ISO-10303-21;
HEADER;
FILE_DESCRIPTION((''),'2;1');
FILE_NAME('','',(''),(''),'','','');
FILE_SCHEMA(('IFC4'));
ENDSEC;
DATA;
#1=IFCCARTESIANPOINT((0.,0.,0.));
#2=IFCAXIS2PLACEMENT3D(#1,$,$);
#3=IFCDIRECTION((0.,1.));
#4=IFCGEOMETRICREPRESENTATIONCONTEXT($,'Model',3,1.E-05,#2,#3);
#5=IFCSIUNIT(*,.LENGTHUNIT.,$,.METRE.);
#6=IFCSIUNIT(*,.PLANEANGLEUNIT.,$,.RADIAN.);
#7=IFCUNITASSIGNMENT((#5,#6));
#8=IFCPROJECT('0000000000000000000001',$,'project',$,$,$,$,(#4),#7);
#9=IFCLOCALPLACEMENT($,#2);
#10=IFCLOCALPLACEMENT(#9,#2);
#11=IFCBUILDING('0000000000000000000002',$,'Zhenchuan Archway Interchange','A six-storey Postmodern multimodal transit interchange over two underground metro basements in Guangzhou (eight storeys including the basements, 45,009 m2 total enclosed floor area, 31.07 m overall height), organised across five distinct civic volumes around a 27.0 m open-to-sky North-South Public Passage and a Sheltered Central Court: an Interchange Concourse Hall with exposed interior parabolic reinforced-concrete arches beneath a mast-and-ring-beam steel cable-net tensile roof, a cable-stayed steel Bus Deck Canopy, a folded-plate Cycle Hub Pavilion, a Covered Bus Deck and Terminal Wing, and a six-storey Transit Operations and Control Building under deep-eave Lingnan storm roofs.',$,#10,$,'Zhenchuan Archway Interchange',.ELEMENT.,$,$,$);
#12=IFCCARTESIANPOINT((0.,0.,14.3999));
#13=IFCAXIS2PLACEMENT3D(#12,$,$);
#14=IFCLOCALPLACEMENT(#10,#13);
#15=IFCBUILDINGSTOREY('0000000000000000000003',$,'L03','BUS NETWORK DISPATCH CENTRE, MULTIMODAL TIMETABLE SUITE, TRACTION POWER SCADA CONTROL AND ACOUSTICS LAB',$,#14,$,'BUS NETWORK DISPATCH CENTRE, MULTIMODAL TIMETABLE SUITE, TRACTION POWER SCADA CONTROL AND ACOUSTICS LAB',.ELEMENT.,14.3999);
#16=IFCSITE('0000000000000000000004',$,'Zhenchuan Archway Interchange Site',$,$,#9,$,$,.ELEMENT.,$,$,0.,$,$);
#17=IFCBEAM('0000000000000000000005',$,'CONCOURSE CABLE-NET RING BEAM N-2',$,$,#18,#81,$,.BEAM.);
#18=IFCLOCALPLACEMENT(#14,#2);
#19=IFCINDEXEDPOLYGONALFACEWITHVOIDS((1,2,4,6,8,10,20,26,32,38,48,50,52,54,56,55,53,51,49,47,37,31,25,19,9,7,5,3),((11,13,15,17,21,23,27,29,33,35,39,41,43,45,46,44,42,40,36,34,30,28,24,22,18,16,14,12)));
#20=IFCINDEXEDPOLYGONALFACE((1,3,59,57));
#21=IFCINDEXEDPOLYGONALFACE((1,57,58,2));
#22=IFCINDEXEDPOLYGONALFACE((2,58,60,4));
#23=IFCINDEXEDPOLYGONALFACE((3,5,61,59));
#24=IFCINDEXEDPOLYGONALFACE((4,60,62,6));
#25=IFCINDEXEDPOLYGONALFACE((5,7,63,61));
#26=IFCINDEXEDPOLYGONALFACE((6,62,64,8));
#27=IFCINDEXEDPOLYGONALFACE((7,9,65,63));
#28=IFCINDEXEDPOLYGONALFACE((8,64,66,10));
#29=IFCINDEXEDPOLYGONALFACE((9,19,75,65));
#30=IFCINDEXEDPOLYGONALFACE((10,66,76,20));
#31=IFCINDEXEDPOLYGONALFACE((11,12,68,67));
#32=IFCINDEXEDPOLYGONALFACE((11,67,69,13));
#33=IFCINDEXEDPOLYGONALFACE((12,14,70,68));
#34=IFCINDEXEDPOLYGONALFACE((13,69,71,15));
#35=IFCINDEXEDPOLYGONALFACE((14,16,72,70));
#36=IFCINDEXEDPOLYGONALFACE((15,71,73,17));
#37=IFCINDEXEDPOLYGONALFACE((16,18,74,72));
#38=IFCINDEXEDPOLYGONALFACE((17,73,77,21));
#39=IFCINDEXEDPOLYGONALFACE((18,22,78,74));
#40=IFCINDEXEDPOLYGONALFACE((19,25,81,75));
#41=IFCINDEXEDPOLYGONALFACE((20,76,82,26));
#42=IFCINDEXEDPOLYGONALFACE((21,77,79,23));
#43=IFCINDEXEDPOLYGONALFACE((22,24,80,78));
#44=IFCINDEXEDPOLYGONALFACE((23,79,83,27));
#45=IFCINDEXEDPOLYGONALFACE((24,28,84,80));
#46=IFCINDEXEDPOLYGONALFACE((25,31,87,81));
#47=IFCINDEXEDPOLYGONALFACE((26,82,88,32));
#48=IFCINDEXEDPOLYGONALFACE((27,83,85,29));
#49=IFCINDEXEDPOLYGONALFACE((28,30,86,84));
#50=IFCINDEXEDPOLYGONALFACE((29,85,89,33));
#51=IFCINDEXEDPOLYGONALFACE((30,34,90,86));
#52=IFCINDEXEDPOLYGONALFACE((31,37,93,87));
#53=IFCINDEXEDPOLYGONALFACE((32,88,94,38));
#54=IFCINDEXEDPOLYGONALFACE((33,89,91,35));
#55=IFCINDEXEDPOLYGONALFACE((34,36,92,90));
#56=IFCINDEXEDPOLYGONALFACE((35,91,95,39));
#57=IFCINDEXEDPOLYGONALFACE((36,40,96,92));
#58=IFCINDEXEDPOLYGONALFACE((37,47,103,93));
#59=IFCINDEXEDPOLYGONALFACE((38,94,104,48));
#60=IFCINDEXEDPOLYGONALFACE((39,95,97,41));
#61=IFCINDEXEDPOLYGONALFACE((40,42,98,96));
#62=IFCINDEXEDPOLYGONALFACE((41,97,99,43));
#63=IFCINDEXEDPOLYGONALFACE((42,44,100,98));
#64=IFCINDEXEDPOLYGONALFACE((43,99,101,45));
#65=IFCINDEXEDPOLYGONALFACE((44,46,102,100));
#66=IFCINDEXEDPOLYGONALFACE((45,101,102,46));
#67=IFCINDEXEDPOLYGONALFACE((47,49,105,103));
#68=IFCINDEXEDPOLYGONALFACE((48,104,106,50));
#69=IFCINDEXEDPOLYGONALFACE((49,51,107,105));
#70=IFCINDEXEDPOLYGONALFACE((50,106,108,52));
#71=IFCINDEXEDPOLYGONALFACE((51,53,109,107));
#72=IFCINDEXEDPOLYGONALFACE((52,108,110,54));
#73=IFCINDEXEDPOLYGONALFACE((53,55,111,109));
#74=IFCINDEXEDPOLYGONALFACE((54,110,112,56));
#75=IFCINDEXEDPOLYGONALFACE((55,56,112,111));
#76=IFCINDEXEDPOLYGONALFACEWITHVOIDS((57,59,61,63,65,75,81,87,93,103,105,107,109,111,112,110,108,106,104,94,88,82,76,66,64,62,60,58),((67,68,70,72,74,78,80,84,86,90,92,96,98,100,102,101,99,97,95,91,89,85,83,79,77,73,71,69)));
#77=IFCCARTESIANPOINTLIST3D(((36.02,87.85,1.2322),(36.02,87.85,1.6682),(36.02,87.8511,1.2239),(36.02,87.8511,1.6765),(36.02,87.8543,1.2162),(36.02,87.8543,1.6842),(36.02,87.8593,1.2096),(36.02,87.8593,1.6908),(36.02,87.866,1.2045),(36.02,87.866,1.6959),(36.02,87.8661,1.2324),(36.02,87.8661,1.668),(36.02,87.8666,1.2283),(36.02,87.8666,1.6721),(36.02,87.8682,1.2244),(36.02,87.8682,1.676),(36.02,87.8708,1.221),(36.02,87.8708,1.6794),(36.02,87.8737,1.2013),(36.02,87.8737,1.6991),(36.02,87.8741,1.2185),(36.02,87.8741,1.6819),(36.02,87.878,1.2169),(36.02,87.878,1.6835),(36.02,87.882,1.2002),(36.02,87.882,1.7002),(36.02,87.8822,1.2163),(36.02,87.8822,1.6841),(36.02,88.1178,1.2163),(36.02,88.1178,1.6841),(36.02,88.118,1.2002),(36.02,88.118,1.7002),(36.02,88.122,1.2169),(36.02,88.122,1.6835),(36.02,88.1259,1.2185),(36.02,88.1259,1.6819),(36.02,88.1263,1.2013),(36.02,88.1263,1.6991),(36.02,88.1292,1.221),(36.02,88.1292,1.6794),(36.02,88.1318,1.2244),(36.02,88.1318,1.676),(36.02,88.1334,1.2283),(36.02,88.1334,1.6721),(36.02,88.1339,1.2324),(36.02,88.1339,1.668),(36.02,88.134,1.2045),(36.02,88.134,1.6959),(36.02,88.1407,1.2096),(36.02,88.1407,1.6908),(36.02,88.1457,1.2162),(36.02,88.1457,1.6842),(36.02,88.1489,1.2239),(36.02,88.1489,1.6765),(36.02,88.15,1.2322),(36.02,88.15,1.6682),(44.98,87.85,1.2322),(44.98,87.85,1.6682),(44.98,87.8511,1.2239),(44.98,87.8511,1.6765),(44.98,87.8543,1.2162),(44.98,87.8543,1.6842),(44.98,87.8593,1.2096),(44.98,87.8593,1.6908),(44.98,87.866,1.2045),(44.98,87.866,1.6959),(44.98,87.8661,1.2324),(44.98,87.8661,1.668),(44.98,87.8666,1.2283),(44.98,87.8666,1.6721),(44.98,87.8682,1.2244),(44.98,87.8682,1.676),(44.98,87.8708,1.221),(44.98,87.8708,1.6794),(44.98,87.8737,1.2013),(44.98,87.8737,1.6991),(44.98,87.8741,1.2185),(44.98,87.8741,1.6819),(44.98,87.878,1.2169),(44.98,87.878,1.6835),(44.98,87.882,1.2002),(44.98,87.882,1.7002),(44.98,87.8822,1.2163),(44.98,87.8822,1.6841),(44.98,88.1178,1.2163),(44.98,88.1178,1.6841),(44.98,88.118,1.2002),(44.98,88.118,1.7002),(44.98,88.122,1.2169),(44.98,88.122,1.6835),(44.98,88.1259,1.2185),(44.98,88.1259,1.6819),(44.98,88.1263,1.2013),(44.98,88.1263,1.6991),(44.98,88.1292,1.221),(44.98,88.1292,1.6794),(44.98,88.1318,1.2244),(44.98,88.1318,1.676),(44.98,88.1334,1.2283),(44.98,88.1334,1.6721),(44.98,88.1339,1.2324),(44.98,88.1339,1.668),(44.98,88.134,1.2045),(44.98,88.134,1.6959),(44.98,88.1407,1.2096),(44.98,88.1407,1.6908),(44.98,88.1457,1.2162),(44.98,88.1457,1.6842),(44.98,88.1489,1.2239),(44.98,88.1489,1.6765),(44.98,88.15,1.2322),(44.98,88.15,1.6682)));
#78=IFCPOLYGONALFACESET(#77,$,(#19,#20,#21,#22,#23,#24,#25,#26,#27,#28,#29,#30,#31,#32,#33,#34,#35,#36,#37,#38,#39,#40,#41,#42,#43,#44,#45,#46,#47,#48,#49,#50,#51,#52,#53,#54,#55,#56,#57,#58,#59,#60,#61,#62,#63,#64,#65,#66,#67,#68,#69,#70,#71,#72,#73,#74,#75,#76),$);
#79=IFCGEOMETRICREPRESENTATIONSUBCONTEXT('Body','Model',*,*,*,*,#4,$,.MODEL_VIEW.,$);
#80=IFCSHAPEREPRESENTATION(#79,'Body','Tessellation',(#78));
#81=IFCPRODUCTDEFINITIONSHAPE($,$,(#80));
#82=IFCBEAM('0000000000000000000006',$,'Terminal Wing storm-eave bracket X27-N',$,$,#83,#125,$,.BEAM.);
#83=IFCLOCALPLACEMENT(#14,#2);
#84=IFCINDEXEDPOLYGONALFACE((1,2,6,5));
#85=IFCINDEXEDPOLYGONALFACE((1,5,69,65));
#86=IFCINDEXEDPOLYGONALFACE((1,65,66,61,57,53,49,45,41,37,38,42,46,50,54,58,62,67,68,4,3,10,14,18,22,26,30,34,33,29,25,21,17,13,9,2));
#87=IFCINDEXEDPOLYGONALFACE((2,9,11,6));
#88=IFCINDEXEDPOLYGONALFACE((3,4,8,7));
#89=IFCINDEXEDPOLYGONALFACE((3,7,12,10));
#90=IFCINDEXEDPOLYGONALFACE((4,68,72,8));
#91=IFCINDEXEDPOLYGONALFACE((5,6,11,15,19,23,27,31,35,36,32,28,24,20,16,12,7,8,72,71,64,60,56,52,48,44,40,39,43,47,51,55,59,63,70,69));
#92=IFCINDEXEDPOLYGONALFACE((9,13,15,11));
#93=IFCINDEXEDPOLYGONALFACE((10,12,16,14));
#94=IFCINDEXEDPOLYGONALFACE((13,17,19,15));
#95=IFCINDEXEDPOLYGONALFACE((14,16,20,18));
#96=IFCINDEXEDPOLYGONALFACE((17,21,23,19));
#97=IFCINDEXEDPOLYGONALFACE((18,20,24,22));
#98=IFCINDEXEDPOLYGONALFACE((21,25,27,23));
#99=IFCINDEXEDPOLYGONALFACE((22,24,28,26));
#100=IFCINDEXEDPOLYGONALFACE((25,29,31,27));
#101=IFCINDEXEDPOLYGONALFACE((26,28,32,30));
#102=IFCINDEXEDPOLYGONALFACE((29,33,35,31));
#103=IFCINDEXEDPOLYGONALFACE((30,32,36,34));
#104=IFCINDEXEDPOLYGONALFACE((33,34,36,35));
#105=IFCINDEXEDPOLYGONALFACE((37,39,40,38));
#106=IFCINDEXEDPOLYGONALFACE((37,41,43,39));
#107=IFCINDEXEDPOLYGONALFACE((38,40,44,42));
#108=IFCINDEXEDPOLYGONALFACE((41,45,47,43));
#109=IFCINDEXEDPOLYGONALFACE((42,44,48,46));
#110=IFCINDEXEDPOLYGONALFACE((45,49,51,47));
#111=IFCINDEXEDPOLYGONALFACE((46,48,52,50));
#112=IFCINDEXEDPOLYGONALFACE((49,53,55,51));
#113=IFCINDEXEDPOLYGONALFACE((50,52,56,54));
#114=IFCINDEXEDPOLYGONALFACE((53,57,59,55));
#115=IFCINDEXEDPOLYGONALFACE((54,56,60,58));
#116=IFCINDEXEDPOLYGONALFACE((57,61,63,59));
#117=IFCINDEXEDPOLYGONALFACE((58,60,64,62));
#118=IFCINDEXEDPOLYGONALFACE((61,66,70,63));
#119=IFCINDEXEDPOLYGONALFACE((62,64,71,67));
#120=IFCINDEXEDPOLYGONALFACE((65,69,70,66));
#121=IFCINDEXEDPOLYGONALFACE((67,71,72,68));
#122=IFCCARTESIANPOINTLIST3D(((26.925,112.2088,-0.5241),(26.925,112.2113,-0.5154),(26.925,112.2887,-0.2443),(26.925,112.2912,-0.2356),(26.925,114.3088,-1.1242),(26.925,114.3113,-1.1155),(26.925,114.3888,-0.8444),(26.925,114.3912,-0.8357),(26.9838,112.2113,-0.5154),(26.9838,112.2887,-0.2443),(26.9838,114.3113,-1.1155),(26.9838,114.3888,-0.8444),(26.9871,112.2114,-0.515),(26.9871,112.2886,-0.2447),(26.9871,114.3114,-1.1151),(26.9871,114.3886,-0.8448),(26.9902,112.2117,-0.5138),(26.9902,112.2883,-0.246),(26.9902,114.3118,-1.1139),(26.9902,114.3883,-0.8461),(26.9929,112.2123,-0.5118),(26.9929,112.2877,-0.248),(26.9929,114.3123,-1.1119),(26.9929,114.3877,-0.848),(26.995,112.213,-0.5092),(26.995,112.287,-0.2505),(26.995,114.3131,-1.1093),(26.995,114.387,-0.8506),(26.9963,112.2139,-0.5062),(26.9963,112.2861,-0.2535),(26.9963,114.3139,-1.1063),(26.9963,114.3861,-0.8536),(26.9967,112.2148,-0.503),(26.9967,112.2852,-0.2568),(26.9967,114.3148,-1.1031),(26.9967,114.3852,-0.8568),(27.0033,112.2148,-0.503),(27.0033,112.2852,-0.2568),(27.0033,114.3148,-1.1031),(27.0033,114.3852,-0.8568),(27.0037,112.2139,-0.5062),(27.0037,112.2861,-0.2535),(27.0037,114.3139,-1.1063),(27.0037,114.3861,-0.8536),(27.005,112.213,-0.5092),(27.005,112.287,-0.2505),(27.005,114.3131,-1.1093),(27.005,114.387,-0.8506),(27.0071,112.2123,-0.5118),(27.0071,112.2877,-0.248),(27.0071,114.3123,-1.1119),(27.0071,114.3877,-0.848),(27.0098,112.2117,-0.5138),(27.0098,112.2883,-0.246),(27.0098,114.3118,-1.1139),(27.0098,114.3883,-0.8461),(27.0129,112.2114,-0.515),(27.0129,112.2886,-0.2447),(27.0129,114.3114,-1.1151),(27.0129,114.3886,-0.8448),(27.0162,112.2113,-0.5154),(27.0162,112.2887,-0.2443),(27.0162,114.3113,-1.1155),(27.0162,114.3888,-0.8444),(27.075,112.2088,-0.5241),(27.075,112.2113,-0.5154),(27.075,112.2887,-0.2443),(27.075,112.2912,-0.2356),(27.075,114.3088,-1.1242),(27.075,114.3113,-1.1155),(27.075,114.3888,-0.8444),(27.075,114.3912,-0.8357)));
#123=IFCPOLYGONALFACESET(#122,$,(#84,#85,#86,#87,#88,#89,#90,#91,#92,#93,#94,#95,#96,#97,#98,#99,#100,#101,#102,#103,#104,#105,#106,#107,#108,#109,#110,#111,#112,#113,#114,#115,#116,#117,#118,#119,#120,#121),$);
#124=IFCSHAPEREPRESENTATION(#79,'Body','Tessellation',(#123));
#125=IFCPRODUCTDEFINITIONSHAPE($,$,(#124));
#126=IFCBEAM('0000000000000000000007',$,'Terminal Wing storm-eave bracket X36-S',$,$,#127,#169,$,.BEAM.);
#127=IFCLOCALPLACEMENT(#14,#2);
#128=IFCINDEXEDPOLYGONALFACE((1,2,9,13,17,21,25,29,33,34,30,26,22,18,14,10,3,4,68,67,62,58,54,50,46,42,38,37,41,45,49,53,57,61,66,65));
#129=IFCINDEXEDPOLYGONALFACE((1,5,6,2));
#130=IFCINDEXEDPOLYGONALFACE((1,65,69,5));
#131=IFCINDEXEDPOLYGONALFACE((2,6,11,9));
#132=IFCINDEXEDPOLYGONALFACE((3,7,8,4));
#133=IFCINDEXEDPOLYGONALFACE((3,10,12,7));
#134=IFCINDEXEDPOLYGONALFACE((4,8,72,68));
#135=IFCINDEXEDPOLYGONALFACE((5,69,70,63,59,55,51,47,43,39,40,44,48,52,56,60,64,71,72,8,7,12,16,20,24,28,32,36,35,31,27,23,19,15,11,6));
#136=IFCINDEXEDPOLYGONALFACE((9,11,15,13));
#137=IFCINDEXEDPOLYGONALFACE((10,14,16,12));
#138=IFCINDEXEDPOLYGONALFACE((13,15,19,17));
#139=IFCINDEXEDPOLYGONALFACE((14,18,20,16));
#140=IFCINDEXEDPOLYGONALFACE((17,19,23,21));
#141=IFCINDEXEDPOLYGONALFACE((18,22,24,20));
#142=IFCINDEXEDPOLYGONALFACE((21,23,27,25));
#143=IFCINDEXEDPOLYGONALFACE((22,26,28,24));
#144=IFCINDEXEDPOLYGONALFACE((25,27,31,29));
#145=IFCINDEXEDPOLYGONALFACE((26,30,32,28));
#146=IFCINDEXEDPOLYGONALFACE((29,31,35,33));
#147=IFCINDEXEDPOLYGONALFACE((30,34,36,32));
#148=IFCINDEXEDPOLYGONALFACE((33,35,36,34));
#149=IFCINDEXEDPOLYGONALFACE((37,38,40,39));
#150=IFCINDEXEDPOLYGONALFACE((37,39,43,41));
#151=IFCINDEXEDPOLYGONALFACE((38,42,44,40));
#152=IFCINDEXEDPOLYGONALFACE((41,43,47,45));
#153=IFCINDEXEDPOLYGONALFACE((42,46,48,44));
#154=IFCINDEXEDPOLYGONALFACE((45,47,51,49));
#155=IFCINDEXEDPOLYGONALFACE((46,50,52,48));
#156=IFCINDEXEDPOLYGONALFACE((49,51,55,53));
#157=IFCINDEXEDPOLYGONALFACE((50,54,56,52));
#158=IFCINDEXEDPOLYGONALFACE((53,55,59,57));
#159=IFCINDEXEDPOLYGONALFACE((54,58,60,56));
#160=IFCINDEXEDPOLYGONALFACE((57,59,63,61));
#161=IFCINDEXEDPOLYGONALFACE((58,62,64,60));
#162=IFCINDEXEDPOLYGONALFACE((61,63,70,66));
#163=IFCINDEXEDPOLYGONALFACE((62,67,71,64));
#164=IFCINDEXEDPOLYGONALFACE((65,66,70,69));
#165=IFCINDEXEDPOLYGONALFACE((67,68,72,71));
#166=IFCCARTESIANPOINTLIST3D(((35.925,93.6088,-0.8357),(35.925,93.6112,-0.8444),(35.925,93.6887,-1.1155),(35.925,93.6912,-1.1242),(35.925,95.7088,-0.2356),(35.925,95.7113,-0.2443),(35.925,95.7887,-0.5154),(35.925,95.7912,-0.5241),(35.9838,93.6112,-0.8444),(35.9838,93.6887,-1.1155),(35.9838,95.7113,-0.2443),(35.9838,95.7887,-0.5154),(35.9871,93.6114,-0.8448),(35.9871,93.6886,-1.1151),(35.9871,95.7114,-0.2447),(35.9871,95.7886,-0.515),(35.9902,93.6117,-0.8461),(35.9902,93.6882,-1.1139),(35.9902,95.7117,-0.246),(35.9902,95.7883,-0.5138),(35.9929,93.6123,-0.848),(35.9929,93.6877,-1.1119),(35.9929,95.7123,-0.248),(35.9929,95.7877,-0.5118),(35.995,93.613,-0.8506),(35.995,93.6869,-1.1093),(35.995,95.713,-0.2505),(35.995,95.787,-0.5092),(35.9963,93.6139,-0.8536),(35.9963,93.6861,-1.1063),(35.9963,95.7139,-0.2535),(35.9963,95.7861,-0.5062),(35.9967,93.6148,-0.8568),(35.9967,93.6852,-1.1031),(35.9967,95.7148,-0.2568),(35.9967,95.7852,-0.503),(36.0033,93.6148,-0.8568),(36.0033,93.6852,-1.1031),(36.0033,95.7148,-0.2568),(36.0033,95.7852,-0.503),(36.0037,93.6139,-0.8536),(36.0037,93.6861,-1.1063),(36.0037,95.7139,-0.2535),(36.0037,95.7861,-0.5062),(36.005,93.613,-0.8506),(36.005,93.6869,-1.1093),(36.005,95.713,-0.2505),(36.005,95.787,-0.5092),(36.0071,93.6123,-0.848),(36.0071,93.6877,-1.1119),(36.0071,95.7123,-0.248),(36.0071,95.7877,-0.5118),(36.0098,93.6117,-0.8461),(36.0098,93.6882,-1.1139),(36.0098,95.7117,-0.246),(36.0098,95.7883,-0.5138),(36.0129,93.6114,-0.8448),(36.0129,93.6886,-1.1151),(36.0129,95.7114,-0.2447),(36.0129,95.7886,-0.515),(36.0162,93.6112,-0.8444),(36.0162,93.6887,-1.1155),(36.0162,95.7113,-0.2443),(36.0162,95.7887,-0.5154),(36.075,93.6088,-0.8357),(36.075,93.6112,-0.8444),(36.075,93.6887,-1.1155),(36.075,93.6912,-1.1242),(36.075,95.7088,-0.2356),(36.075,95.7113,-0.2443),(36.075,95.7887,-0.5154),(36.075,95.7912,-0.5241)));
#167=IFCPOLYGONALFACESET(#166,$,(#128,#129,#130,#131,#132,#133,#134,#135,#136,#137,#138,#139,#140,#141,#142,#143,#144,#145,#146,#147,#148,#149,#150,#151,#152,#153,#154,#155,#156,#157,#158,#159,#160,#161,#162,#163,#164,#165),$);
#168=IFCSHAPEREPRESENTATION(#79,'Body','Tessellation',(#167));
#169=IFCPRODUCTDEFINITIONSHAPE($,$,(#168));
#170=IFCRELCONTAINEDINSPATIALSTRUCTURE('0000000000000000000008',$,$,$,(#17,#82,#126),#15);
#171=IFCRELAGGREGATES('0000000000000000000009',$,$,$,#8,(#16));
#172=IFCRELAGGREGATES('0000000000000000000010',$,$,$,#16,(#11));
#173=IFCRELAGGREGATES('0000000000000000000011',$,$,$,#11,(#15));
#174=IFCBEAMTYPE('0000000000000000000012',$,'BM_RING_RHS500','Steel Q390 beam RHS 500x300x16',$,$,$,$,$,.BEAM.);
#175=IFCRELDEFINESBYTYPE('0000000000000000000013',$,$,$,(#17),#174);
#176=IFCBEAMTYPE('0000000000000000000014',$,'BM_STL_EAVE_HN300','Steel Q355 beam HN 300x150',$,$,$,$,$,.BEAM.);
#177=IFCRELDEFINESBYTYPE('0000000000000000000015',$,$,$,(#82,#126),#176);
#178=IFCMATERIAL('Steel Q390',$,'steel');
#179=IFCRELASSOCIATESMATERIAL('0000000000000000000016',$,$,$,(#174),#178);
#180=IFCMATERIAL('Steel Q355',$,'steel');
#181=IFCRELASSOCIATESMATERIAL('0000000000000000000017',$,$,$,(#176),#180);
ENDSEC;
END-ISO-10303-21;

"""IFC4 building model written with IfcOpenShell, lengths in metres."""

from ifc_helpers import new_model, si_unit, direction, frame, origin, origin_2d, place, context, subcontext, project, spatial, hollow_rectangle, i_section, extrude, material, material_profile, profile_set, type_object, element, save


model = new_model("IFC4")

# Units and contexts
model_context = context("Model", 3, precision=1e-05, world=origin(), true_north=direction((0.0, 1.0)))
body_context = subcontext(model_context, "Body", "Model", "MODEL_VIEW")
ifc_project = project(units=[si_unit("LENGTHUNIT", "METRE"), si_unit("PLANEANGLEUNIT", "RADIAN")], contexts=[model_context])

# Site, building, storey
site_placement = place(None, origin())
site = spatial("IfcSite", under=ifc_project, at=site_placement, Name="Zhenchuan Archway Interchange Site", CompositionType="ELEMENT", RefElevation=0.0)
building_placement = place(site_placement, origin())
building = spatial("IfcBuilding", under=site, at=building_placement, Name="Zhenchuan Archway Interchange", Description="A six-storey Postmodern multimodal transit interchange over two underground metro basements in Guangzhou (eight storeys including the basements, 45,009 m2 total enclosed floor area, 31.07 m overall height), organised across five distinct civic volumes around a 27.0 m open-to-sky North-South Public Passage and a Sheltered Central Court: an Interchange Concourse Hall with exposed interior parabolic reinforced-concrete arches beneath a mast-and-ring-beam steel cable-net tensile roof, a cable-stayed steel Bus Deck Canopy, a folded-plate Cycle Hub Pavilion, a Covered Bus Deck and Terminal Wing, and a six-storey Transit Operations and Control Building under deep-eave Lingnan storm roofs.", LongName="Zhenchuan Archway Interchange", CompositionType="ELEMENT")
storey_placement = place(building_placement, frame((0.0, 0.0, 14.3999)))
storey = spatial("IfcBuildingStorey", under=building, at=storey_placement, Name="L03", Description="BUS NETWORK DISPATCH CENTRE, MULTIMODAL TIMETABLE SUITE, TRACTION POWER SCADA CONTROL AND ACOUSTICS LAB", LongName="BUS NETWORK DISPATCH CENTRE, MULTIMODAL TIMETABLE SUITE, TRACTION POWER SCADA CONTROL AND ACOUSTICS LAB", CompositionType="ELEMENT", Elevation=14.3999)

# Shared definitions
ifc_material_1 = material(Name="Steel Q355", Category="steel")

# Beams
ifc_material_2 = material(Name="Steel Q390", Category="steel")
ifc_material_profile_1 = material_profile(ifc_material_2, hollow_rectangle(XDim=0.3, YDim=0.5, WallThickness=0.0161, InnerFilletRadius=0.0161, OuterFilletRadius=0.032, at=origin_2d()), Name="RHS 500x300x16")
ifc_profile_set_1 = profile_set([ifc_material_profile_1], Name="Steel Q390")
beam_type_1 = type_object("IfcBeamType", Name="BM_RING_RHS500", Description="Steel Q390 beam RHS 500x300x16", PredefinedType="BEAM", material=ifc_profile_set_1)
beam_placement = place(storey_placement, frame((36.02, 88.0, 1.4502), z_axis=(1.0, 0.0, 0.0), x_axis=(0.0, 1.0, 0.0)))
element("IfcBeam", 1, at=beam_placement, inside=storey, type_object=beam_type_1, Name="CONCOURSE CABLE-NET RING BEAM N-2", PredefinedType="BEAM", context=body_context, shape_type="SweptSolid", body=[
    extrude(hollow_rectangle(XDim=0.3, YDim=0.5, WallThickness=0.0161, InnerFilletRadius=0.0161, OuterFilletRadius=0.032, at=origin_2d()), origin(), (0.0, 0.0, 1.0), 8.96),
])
ifc_material_profile_2 = material_profile(ifc_material_1, i_section(OverallWidth=0.1499, OverallDepth=0.3, WebThickness=0.0066, FlangeThickness=0.009, FilletRadius=0.0129, at=origin_2d()), Name="HN 300x150")
ifc_profile_set_2 = profile_set([ifc_material_profile_2], Name="Steel Q355")
beam_type_2 = type_object("IfcBeamType", Name="BM_STL_EAVE_HN300", Description="Steel Q355 beam HN 300x150", PredefinedType="BEAM", material=ifc_profile_set_2)
for number, where, z_axis, x_axis, name in (
    (2, (27.0, 112.25, -0.3799), (0.0, 0.961516, -0.274751), (-1.0, 0.0, 0.0), "Terminal Wing storm-eave bracket X27-N"),
    (3, (36.0, 95.75, -0.3799), (0.0, -0.961516, -0.274751), (1.0, 0.0, 0.0), "Terminal Wing storm-eave bracket X36-S"),
):
    element("IfcBeam", number, at=place(storey_placement, frame(where, z_axis=z_axis, x_axis=x_axis)), inside=storey, type_object=beam_type_2, Name=name, PredefinedType="BEAM", context=body_context, shape_type="SweptSolid", body=[
        extrude(i_section(OverallWidth=0.1499, OverallDepth=0.3, WebThickness=0.0066, FlangeThickness=0.009, FilletRadius=0.0129, at=origin_2d()), origin(), (0.0, 0.0, 1.0), 2.1841),
    ])

save(model, "model.ifc")
